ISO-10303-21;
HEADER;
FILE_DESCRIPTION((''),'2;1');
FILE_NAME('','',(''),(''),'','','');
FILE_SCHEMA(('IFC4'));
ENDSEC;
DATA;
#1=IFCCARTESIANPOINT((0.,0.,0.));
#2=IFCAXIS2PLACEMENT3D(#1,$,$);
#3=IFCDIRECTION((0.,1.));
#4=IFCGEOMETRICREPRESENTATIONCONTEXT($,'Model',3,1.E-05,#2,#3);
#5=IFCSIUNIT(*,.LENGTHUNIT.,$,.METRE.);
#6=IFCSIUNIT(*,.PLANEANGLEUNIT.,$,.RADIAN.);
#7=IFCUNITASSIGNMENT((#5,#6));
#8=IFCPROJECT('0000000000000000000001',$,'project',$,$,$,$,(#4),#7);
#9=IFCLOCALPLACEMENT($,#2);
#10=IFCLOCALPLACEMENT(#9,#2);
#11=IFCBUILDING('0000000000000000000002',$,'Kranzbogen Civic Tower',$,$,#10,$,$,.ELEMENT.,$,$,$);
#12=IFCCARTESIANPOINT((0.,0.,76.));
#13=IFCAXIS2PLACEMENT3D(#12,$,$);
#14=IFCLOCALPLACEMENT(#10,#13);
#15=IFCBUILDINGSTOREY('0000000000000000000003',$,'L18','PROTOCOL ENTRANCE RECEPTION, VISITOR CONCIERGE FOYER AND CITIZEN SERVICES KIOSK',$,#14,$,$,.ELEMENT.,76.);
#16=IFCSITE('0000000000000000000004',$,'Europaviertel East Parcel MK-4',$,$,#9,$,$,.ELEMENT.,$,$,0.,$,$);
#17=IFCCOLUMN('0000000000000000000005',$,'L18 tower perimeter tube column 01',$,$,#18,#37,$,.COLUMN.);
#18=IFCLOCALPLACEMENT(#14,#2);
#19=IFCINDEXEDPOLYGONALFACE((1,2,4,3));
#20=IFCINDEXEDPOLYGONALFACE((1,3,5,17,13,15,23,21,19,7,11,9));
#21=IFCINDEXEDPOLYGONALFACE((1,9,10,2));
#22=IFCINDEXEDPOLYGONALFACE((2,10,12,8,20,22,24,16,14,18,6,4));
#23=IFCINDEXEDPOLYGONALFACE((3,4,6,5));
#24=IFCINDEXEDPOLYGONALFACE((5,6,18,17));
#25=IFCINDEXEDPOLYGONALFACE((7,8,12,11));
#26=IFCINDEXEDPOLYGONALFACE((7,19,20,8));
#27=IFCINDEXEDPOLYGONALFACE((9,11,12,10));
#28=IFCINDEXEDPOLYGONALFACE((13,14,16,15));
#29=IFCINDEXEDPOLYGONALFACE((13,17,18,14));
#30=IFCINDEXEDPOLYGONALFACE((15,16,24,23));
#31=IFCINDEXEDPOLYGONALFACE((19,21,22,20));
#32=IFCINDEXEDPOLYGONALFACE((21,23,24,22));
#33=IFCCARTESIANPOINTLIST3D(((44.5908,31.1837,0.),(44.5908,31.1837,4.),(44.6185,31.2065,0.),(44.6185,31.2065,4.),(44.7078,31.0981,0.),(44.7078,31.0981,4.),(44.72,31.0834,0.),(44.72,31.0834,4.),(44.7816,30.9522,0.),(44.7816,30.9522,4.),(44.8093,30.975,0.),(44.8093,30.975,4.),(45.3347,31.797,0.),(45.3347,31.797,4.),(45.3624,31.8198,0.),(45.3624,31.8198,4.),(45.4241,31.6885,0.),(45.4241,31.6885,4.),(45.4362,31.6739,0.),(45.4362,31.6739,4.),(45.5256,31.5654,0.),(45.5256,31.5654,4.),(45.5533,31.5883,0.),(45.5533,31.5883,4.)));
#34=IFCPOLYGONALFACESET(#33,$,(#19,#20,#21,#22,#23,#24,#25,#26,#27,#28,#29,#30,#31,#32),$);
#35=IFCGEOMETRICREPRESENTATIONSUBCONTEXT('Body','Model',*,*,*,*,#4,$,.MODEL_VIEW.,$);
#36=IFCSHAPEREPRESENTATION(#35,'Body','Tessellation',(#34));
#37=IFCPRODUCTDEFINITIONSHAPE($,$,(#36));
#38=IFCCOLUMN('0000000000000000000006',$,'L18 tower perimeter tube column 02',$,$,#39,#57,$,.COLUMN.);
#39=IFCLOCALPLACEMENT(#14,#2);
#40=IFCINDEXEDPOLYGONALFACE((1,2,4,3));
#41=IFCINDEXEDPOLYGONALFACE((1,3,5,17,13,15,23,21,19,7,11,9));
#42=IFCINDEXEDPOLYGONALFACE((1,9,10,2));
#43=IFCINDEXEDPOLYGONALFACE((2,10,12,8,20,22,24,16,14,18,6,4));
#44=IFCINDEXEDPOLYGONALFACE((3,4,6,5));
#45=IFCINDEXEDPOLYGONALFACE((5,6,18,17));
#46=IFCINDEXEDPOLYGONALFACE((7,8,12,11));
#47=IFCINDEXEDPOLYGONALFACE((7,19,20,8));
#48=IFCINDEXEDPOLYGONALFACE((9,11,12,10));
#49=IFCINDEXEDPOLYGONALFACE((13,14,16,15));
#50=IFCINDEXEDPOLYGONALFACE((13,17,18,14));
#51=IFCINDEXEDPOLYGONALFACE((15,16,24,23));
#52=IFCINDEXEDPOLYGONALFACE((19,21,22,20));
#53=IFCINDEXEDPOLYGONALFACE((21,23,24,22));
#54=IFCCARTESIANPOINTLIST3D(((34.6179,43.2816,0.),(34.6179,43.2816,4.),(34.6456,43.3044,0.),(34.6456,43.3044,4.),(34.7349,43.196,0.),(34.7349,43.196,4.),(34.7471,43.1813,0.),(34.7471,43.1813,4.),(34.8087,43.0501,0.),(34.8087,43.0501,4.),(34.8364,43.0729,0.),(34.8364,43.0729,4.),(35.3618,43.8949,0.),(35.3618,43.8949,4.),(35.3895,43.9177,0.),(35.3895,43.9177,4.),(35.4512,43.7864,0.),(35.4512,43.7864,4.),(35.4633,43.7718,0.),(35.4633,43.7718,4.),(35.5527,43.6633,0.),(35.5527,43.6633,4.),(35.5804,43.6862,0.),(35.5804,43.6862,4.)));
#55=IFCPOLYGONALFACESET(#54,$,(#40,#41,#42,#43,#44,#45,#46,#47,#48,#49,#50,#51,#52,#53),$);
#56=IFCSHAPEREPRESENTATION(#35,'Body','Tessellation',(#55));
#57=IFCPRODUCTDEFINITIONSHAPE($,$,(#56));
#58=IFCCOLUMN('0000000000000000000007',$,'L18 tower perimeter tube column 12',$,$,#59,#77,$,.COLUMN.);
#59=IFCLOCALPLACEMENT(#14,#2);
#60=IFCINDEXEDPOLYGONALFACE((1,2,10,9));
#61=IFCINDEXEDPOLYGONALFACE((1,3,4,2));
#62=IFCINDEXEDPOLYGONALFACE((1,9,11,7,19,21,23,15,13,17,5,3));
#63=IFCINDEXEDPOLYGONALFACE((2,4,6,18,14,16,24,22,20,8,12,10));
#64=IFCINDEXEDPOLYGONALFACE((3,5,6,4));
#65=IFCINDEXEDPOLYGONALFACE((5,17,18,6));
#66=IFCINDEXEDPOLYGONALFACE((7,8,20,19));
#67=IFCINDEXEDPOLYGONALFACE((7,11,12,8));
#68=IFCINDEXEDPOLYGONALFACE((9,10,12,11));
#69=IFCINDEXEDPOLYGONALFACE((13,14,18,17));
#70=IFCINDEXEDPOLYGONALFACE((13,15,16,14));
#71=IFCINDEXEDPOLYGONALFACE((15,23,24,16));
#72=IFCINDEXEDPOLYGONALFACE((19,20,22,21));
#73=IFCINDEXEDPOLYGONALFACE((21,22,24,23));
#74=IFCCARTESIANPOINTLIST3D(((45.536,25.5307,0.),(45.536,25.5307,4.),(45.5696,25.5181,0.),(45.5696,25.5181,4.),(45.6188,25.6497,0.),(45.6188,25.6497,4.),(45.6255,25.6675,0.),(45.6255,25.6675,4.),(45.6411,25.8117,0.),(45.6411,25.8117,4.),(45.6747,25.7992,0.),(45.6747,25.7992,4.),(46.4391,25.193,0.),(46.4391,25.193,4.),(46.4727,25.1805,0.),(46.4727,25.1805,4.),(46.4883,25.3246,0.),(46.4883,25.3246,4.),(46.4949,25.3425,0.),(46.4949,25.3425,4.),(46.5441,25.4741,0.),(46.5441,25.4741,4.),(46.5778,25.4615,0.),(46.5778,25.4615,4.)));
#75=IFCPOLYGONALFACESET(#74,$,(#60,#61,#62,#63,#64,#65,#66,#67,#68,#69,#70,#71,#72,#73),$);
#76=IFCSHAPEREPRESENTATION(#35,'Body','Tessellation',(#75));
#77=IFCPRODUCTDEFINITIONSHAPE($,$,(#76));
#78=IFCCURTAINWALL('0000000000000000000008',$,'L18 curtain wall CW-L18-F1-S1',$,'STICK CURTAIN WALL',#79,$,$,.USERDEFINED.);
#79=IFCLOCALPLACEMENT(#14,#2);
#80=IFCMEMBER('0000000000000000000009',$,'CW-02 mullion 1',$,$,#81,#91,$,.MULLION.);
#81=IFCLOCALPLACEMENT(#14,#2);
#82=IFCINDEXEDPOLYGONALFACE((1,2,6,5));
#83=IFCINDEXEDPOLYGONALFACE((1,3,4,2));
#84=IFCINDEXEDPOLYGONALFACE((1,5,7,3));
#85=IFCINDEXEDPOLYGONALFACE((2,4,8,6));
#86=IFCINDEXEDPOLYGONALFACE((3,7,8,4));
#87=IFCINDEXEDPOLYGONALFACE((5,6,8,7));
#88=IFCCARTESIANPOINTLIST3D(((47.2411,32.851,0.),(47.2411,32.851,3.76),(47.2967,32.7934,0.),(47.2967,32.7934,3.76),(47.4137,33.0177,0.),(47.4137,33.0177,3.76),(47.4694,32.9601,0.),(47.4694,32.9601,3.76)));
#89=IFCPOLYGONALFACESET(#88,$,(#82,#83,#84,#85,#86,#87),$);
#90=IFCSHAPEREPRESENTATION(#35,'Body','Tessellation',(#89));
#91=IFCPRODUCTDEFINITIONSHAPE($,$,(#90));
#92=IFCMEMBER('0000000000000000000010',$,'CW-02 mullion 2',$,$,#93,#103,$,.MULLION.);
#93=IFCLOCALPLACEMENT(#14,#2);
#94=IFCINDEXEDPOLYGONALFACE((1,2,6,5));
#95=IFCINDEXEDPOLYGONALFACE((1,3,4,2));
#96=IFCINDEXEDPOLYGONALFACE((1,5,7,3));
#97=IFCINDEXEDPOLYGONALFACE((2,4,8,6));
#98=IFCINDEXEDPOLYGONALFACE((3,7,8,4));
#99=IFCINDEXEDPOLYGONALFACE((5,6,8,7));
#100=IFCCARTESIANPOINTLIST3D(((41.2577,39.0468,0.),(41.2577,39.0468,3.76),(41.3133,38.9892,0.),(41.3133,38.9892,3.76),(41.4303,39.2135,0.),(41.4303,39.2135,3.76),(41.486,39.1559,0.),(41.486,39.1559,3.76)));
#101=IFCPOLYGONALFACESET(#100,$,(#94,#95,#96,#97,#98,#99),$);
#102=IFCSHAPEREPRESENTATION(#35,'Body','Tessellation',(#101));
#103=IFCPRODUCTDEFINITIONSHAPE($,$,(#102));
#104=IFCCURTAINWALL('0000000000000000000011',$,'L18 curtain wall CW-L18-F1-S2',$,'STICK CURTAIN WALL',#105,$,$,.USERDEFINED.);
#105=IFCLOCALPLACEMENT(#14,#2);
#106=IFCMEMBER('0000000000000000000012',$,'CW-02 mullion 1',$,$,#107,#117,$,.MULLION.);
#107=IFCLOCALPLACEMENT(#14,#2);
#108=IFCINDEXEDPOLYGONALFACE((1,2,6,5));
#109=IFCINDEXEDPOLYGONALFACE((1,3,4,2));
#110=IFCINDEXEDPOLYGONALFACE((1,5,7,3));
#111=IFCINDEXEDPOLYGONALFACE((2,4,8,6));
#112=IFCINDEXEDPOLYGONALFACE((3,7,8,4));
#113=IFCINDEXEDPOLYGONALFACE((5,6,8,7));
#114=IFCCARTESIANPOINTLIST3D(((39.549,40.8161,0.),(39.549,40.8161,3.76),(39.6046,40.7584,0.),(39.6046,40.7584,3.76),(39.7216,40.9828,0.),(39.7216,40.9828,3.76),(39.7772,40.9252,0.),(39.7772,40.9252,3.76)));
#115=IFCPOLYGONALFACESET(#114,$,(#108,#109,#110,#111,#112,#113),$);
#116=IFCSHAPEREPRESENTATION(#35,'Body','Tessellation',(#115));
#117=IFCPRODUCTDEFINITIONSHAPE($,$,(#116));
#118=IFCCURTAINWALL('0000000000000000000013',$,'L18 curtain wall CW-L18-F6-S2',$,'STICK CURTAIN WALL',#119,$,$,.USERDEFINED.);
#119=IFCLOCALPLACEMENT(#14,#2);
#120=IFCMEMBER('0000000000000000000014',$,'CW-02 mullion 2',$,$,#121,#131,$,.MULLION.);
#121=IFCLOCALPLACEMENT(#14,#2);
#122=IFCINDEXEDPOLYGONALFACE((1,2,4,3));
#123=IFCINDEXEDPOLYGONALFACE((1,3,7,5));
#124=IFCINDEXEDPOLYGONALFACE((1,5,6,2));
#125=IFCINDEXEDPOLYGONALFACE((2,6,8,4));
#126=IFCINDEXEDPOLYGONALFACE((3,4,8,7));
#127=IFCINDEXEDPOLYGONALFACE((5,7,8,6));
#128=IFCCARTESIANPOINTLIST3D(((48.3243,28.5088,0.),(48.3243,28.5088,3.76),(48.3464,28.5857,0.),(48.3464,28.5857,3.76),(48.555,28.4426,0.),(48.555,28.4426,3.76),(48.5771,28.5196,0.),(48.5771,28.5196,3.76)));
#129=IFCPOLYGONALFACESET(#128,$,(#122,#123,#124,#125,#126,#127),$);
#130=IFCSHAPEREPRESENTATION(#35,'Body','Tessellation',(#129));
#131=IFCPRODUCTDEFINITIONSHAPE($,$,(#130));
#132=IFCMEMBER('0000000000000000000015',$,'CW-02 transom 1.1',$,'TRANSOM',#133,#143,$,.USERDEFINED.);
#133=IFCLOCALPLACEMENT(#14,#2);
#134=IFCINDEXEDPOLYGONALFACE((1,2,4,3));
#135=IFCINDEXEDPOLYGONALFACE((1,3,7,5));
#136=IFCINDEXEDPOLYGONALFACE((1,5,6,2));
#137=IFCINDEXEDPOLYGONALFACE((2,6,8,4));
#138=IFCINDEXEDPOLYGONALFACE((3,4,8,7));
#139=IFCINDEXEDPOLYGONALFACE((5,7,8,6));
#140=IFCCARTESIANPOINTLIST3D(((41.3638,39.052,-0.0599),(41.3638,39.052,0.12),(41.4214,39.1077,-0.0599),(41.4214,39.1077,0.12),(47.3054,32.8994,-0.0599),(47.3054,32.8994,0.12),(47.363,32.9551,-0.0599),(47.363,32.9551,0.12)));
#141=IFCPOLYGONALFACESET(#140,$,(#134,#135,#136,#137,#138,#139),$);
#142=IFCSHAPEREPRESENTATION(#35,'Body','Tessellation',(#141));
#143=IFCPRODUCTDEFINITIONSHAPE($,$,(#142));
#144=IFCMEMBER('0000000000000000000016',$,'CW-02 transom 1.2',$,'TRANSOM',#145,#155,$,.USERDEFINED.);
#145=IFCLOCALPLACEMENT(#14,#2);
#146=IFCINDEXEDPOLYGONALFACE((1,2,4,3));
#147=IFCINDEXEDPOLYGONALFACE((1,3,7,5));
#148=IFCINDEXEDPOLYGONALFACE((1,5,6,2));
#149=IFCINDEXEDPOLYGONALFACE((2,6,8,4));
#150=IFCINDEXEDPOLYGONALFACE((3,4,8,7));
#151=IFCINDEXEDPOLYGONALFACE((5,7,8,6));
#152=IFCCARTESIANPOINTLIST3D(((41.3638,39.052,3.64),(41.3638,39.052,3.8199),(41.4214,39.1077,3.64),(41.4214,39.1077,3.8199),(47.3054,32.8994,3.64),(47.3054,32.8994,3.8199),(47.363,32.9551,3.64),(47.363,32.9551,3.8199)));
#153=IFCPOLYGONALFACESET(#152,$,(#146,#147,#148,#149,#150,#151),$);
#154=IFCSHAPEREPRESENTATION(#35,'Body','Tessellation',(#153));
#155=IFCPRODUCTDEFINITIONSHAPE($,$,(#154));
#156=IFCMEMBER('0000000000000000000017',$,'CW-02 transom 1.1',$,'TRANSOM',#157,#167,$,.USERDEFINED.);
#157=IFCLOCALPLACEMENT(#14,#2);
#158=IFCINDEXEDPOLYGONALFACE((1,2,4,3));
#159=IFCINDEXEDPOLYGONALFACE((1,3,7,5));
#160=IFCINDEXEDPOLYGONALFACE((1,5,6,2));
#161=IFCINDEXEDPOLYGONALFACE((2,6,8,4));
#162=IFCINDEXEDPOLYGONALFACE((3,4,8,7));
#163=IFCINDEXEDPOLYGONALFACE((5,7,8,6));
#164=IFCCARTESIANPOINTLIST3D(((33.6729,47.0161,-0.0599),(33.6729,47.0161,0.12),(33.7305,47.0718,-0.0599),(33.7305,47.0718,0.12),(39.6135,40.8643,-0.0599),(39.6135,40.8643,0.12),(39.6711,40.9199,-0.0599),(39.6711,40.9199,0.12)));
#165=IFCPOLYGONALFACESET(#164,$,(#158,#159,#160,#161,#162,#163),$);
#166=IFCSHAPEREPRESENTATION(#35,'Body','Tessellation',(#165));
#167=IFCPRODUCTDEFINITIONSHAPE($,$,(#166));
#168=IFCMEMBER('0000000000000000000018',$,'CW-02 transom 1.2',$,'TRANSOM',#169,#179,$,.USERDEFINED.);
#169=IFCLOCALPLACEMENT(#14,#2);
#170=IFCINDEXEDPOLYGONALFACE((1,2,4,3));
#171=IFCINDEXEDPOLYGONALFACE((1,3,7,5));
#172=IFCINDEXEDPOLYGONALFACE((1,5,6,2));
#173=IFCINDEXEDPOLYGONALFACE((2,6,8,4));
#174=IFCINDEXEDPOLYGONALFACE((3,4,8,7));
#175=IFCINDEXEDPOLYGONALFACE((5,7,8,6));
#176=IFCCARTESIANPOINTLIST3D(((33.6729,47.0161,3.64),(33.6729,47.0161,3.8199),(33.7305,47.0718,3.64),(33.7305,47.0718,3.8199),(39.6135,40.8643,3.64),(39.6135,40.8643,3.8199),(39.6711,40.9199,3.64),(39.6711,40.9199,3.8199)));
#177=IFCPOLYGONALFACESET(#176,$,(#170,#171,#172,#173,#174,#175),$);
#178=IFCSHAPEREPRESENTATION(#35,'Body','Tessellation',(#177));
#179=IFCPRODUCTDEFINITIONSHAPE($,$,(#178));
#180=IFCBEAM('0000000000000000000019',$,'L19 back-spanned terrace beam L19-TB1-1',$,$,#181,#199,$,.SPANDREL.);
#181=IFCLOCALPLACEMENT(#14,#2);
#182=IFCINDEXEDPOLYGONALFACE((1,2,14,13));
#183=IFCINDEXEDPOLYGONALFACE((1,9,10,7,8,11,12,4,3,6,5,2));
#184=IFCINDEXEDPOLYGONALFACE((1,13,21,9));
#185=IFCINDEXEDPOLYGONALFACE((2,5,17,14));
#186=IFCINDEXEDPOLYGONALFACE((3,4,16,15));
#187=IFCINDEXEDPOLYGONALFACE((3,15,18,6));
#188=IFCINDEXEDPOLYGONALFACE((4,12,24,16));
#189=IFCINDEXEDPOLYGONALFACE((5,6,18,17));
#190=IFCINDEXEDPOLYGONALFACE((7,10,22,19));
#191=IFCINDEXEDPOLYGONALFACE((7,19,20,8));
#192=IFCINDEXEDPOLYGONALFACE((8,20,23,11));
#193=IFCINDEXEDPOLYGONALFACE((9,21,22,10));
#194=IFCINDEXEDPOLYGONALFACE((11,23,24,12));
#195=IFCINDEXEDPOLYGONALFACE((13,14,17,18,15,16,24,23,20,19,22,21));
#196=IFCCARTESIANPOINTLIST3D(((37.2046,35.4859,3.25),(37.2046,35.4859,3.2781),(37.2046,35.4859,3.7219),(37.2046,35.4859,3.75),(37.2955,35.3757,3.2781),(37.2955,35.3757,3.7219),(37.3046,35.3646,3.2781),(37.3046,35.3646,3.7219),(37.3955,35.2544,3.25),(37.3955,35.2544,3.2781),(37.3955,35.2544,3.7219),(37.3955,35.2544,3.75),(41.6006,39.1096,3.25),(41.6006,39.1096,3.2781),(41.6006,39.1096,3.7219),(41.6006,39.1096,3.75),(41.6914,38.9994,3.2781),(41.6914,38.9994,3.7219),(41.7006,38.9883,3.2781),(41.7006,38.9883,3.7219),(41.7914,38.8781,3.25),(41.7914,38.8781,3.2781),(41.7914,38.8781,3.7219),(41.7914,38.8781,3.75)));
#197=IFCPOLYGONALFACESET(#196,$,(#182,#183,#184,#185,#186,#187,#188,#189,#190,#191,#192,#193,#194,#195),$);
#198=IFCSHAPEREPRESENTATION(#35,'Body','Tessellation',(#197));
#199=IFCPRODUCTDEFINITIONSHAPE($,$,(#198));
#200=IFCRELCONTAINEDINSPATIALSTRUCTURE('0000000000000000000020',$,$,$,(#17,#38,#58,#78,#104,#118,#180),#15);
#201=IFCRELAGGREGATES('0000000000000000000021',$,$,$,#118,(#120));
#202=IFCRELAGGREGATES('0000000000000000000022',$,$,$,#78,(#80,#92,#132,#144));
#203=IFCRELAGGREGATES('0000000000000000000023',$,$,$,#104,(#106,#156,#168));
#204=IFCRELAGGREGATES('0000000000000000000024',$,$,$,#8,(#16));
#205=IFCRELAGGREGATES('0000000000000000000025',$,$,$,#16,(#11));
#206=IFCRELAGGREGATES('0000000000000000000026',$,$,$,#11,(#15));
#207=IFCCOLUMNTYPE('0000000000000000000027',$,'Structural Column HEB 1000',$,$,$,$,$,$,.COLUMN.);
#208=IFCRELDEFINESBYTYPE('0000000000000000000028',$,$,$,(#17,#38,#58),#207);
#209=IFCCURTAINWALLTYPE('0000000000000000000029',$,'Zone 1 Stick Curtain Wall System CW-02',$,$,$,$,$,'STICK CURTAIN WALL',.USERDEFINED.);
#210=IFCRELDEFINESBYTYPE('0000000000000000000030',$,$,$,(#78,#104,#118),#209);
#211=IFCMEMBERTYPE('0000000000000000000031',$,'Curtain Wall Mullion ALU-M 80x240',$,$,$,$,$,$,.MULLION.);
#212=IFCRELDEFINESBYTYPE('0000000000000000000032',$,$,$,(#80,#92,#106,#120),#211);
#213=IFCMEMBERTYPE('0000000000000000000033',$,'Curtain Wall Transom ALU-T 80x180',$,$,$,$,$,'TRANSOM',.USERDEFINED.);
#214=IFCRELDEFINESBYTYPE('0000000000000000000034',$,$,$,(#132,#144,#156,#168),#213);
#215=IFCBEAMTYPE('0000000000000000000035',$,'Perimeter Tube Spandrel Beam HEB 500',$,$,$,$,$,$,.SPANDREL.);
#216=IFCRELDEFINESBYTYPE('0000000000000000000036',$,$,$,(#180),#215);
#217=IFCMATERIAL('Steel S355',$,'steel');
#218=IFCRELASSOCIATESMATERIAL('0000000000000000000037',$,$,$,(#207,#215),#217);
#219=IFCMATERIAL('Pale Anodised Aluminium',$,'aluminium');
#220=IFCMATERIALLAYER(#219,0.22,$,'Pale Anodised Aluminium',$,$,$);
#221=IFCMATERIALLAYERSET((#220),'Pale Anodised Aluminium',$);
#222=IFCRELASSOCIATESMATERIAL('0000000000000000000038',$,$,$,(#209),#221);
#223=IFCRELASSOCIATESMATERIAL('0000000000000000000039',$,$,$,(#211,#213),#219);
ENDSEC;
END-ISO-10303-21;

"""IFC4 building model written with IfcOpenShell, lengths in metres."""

from ifc_helpers import new_model, si_unit, direction, frame, origin, origin_2d, place, context, subcontext, project, spatial, rectangle, i_section, extrude, material, layer, layer_set, material_profile, profile_set, type_object, element, aggregate, save


model = new_model("IFC4")

# Units and contexts
model_context = context("Model", 3, precision=1e-05, world=origin(), true_north=direction((0.0, 1.0)))
body_context = subcontext(model_context, "Body", "Model", "MODEL_VIEW")
ifc_project = project(units=[si_unit("LENGTHUNIT", "METRE"), si_unit("PLANEANGLEUNIT", "RADIAN")], contexts=[model_context])

# Site, building, storey
site_placement = place(None, origin())
site = spatial("IfcSite", under=ifc_project, at=site_placement, Name="Europaviertel East Parcel MK-4", CompositionType="ELEMENT", RefElevation=0.0)
building_placement = place(site_placement, origin())
building = spatial("IfcBuilding", under=site, at=building_placement, Name="Kranzbogen Civic Tower", CompositionType="ELEMENT")
storey_placement = place(building_placement, frame((0.0, 0.0, 76.0)))
storey = spatial("IfcBuildingStorey", under=building, at=storey_placement, Name="L18", Description="PROTOCOL ENTRANCE RECEPTION, VISITOR CONCIERGE FOYER AND CITIZEN SERVICES KIOSK", CompositionType="ELEMENT", Elevation=76.0)

# Columns
ifc_material_1 = material(Name="Steel S355", Category="steel")
ifc_material_profile_1 = material_profile(ifc_material_1, i_section(OverallWidth=0.3, OverallDepth=1.0, WebThickness=0.019, FlangeThickness=0.0359, at=origin_2d()), Name="HEB 1000")
ifc_profile_set_1 = profile_set([ifc_material_profile_1], Name="Steel S355")
column_type = type_object("IfcColumnType", Name="Structural Column HEB 1000", PredefinedType="COLUMN", material=ifc_profile_set_1)
for number, where, z_axis, x_axis, name in (
    (1, (45.072, 31.386, 0.0), (0.0, 0.0, 1.0), (-0.636078, 0.771625, 0.0), "L18 tower perimeter tube column 01"),
    (2, (35.0991, 43.4839, 0.0), (0.0, 0.0, 1.0), (-0.636078, 0.771625, 0.0), "L18 tower perimeter tube column 02"),
    (3, (46.0569, 25.4961, 0.0), (0.0, 0.0, 1.0), (0.350207, 0.936672, 0.0), "L18 tower perimeter tube column 12"),
):
    element("IfcColumn", number, at=place(storey_placement, frame(where, z_axis=z_axis, x_axis=x_axis)), inside=storey, type_object=column_type, Name=name, PredefinedType="COLUMN", context=body_context, shape_type="SweptSolid", body=[
        extrude(i_section(OverallWidth=0.3, OverallDepth=1.0, WebThickness=0.019, FlangeThickness=0.0359, at=origin_2d()), origin(), (0.0, 0.0, 1.0), 4.0),
    ])

# Curtain wall, members
ifc_material_2 = material(Name="Pale Anodised Aluminium", Category="aluminium")
ifc_layer_1 = layer(ifc_material_2, 0.22, Name="Pale Anodised Aluminium")
ifc_layer_set_1 = layer_set([ifc_layer_1], Name="Pale Anodised Aluminium")
curtain_wall_type = type_object("IfcCurtainWallType", Name="Zone 1 Stick Curtain Wall System CW-02", ElementType="STICK CURTAIN WALL", PredefinedType="USERDEFINED", material=ifc_layer_set_1)
curtain_wall_1_placement = place(storey_placement, origin())
curtain_wall_1 = element("IfcCurtainWall", 4, at=curtain_wall_1_placement, inside=storey, type_object=curtain_wall_type, Name="L18 curtain wall CW-L18-F1-S1", ObjectType="STICK CURTAIN WALL", PredefinedType="USERDEFINED")
ifc_material_profile_2 = material_profile(ifc_material_2, rectangle(XDim=0.0801, YDim=0.24, at=origin_2d()), Name="ALU-M 80x240")
ifc_profile_set_2 = profile_set([ifc_material_profile_2], Name="Pale Anodised Aluminium")
member_type_1 = type_object("IfcMemberType", Name="Curtain Wall Mullion ALU-M 80x240", PredefinedType="MULLION", material=ifc_profile_set_2)
member_1_placement = place(storey_placement, frame((47.3552, 32.9055, 0.0), z_axis=(0.0, 0.0, 1.0), x_axis=(-0.694662, 0.719336, 0.0)))
member_1 = element("IfcMember", 5, at=member_1_placement, type_object=member_type_1, Name="CW-02 mullion 1", PredefinedType="MULLION", context=body_context, shape_type="SweptSolid", body=[
    extrude(rectangle(XDim=0.0801, YDim=0.24, at=origin_2d()), origin(), (0.0, 0.0, 1.0), 3.76),
])
member_2_placement = place(storey_placement, frame((41.3718, 39.1013, 0.0), z_axis=(0.0, 0.0, 1.0), x_axis=(-0.694662, 0.719336, 0.0)))
member_2 = element("IfcMember", 6, at=member_2_placement, type_object=member_type_1, Name="CW-02 mullion 2", PredefinedType="MULLION", context=body_context, shape_type="SweptSolid", body=[
    extrude(rectangle(XDim=0.0801, YDim=0.24, at=origin_2d()), origin(), (0.0, 0.0, 1.0), 3.76),
])

# Curtain walls, members
curtain_wall_2_placement = place(storey_placement, origin())
curtain_wall_2 = element("IfcCurtainWall", 7, at=curtain_wall_2_placement, inside=storey, type_object=curtain_wall_type, Name="L18 curtain wall CW-L18-F1-S2", ObjectType="STICK CURTAIN WALL", PredefinedType="USERDEFINED")
member_3_placement = place(storey_placement, frame((39.6631, 40.8706, 0.0), z_axis=(0.0, 0.0, 1.0), x_axis=(-0.69466, 0.719338, 0.0)))
member_3 = element("IfcMember", 8, at=member_3_placement, type_object=member_type_1, Name="CW-02 mullion 1", PredefinedType="MULLION", context=body_context, shape_type="SweptSolid", body=[
    extrude(rectangle(XDim=0.0801, YDim=0.24, at=origin_2d()), origin(), (0.0, 0.0, 1.0), 3.76),
])
curtain_wall_3_placement = place(storey_placement, origin())
curtain_wall_3 = element("IfcCurtainWall", 9, at=curtain_wall_3_placement, inside=storey, type_object=curtain_wall_type, Name="L18 curtain wall CW-L18-F6-S2", ObjectType="STICK CURTAIN WALL", PredefinedType="USERDEFINED")
member_4_placement = place(storey_placement, frame((48.4507, 28.5142, 0.0), z_axis=(0.0, 0.0, 1.0), x_axis=(0.275711, 0.961241, 0.0)))
member_4 = element("IfcMember", 10, at=member_4_placement, type_object=member_type_1, Name="CW-02 mullion 2", PredefinedType="MULLION", context=body_context, shape_type="SweptSolid", body=[
    extrude(rectangle(XDim=0.0801, YDim=0.24, at=origin_2d()), origin(), (0.0, 0.0, 1.0), 3.76),
])
aggregate(curtain_wall_3, [member_4])

# Members
ifc_material_profile_3 = material_profile(ifc_material_2, rectangle(XDim=0.0801, YDim=0.1799, at=origin_2d()), Name="ALU-T 80x180")
ifc_profile_set_3 = profile_set([ifc_material_profile_3], Name="Pale Anodised Aluminium")
member_type_2 = type_object("IfcMemberType", Name="Curtain Wall Transom ALU-T 80x180", ElementType="TRANSOM", PredefinedType="USERDEFINED", material=ifc_profile_set_3)
member_5_placement = place(storey_placement, frame((47.3342, 32.9272, 0.03), z_axis=(-0.694668, 0.71933, 0.0), x_axis=(-0.71933, -0.694668, 0.0)))
member_5 = element("IfcMember", 11, at=member_5_placement, type_object=member_type_2, Name="CW-02 transom 1.1", ObjectType="TRANSOM", PredefinedType="USERDEFINED", context=body_context, shape_type="SweptSolid", body=[
    extrude(rectangle(XDim=0.0801, YDim=0.1799, at=origin_2d()), origin(), (0.0, 0.0, 1.0), 8.5532),
])
member_6_placement = place(storey_placement, frame((47.3342, 32.9272, 3.73), z_axis=(-0.694668, 0.71933, 0.0), x_axis=(-0.71933, -0.694668, 0.0)))
member_6 = element("IfcMember", 12, at=member_6_placement, type_object=member_type_2, Name="CW-02 transom 1.2", ObjectType="TRANSOM", PredefinedType="USERDEFINED", context=body_context, shape_type="SweptSolid", body=[
    extrude(rectangle(XDim=0.0801, YDim=0.1799, at=origin_2d()), origin(), (0.0, 0.0, 1.0), 8.5532),
])
member_7_placement = place(storey_placement, frame((39.6423, 40.8921, 0.03), z_axis=(-0.694652, 0.719346, 0.0), x_axis=(-0.719346, -0.694652, 0.0)))
member_7 = element("IfcMember", 13, at=member_7_placement, type_object=member_type_2, Name="CW-02 transom 1.1", ObjectType="TRANSOM", PredefinedType="USERDEFINED", context=body_context, shape_type="SweptSolid", body=[
    extrude(rectangle(XDim=0.0801, YDim=0.1799, at=origin_2d()), origin(), (0.0, 0.0, 1.0), 8.552),
])
member_8_placement = place(storey_placement, frame((39.6423, 40.8921, 3.73), z_axis=(-0.694652, 0.719346, 0.0), x_axis=(-0.719346, -0.694652, 0.0)))
member_8 = element("IfcMember", 14, at=member_8_placement, type_object=member_type_2, Name="CW-02 transom 1.2", ObjectType="TRANSOM", PredefinedType="USERDEFINED", context=body_context, shape_type="SweptSolid", body=[
    extrude(rectangle(XDim=0.0801, YDim=0.1799, at=origin_2d()), origin(), (0.0, 0.0, 1.0), 8.552),
])

# Beam
ifc_material_profile_4 = material_profile(ifc_material_1, i_section(OverallWidth=0.3, OverallDepth=0.5, WebThickness=0.0144, FlangeThickness=0.0281, at=origin_2d()), Name="HEB 500")
ifc_profile_set_4 = profile_set([ifc_material_profile_4], Name="Steel S355")
beam_type_1 = type_object("IfcBeamType", Name="Perimeter Tube Spandrel Beam HEB 500", PredefinedType="SPANDREL", material=ifc_profile_set_4)
beam_1_placement = place(storey_placement, frame((37.3, 35.3701, 3.5), z_axis=(0.771625, 0.636078, 0.0), x_axis=(-0.636078, 0.771625, 0.0)))
element("IfcBeam", 15, at=beam_1_placement, inside=storey, type_object=beam_type_1, Name="L19 back-spanned terrace beam L19-TB1-1", PredefinedType="SPANDREL", context=body_context, shape_type="SweptSolid", body=[
    extrude(i_section(OverallWidth=0.3, OverallDepth=0.5, WebThickness=0.0144, FlangeThickness=0.0281, at=origin_2d()), origin(), (0.0, 0.0, 1.0), 5.697),
])

aggregate(curtain_wall_1, [member_1, member_2, member_5, member_6])
aggregate(curtain_wall_2, [member_3, member_7, member_8])

save(model, "model.ifc")
